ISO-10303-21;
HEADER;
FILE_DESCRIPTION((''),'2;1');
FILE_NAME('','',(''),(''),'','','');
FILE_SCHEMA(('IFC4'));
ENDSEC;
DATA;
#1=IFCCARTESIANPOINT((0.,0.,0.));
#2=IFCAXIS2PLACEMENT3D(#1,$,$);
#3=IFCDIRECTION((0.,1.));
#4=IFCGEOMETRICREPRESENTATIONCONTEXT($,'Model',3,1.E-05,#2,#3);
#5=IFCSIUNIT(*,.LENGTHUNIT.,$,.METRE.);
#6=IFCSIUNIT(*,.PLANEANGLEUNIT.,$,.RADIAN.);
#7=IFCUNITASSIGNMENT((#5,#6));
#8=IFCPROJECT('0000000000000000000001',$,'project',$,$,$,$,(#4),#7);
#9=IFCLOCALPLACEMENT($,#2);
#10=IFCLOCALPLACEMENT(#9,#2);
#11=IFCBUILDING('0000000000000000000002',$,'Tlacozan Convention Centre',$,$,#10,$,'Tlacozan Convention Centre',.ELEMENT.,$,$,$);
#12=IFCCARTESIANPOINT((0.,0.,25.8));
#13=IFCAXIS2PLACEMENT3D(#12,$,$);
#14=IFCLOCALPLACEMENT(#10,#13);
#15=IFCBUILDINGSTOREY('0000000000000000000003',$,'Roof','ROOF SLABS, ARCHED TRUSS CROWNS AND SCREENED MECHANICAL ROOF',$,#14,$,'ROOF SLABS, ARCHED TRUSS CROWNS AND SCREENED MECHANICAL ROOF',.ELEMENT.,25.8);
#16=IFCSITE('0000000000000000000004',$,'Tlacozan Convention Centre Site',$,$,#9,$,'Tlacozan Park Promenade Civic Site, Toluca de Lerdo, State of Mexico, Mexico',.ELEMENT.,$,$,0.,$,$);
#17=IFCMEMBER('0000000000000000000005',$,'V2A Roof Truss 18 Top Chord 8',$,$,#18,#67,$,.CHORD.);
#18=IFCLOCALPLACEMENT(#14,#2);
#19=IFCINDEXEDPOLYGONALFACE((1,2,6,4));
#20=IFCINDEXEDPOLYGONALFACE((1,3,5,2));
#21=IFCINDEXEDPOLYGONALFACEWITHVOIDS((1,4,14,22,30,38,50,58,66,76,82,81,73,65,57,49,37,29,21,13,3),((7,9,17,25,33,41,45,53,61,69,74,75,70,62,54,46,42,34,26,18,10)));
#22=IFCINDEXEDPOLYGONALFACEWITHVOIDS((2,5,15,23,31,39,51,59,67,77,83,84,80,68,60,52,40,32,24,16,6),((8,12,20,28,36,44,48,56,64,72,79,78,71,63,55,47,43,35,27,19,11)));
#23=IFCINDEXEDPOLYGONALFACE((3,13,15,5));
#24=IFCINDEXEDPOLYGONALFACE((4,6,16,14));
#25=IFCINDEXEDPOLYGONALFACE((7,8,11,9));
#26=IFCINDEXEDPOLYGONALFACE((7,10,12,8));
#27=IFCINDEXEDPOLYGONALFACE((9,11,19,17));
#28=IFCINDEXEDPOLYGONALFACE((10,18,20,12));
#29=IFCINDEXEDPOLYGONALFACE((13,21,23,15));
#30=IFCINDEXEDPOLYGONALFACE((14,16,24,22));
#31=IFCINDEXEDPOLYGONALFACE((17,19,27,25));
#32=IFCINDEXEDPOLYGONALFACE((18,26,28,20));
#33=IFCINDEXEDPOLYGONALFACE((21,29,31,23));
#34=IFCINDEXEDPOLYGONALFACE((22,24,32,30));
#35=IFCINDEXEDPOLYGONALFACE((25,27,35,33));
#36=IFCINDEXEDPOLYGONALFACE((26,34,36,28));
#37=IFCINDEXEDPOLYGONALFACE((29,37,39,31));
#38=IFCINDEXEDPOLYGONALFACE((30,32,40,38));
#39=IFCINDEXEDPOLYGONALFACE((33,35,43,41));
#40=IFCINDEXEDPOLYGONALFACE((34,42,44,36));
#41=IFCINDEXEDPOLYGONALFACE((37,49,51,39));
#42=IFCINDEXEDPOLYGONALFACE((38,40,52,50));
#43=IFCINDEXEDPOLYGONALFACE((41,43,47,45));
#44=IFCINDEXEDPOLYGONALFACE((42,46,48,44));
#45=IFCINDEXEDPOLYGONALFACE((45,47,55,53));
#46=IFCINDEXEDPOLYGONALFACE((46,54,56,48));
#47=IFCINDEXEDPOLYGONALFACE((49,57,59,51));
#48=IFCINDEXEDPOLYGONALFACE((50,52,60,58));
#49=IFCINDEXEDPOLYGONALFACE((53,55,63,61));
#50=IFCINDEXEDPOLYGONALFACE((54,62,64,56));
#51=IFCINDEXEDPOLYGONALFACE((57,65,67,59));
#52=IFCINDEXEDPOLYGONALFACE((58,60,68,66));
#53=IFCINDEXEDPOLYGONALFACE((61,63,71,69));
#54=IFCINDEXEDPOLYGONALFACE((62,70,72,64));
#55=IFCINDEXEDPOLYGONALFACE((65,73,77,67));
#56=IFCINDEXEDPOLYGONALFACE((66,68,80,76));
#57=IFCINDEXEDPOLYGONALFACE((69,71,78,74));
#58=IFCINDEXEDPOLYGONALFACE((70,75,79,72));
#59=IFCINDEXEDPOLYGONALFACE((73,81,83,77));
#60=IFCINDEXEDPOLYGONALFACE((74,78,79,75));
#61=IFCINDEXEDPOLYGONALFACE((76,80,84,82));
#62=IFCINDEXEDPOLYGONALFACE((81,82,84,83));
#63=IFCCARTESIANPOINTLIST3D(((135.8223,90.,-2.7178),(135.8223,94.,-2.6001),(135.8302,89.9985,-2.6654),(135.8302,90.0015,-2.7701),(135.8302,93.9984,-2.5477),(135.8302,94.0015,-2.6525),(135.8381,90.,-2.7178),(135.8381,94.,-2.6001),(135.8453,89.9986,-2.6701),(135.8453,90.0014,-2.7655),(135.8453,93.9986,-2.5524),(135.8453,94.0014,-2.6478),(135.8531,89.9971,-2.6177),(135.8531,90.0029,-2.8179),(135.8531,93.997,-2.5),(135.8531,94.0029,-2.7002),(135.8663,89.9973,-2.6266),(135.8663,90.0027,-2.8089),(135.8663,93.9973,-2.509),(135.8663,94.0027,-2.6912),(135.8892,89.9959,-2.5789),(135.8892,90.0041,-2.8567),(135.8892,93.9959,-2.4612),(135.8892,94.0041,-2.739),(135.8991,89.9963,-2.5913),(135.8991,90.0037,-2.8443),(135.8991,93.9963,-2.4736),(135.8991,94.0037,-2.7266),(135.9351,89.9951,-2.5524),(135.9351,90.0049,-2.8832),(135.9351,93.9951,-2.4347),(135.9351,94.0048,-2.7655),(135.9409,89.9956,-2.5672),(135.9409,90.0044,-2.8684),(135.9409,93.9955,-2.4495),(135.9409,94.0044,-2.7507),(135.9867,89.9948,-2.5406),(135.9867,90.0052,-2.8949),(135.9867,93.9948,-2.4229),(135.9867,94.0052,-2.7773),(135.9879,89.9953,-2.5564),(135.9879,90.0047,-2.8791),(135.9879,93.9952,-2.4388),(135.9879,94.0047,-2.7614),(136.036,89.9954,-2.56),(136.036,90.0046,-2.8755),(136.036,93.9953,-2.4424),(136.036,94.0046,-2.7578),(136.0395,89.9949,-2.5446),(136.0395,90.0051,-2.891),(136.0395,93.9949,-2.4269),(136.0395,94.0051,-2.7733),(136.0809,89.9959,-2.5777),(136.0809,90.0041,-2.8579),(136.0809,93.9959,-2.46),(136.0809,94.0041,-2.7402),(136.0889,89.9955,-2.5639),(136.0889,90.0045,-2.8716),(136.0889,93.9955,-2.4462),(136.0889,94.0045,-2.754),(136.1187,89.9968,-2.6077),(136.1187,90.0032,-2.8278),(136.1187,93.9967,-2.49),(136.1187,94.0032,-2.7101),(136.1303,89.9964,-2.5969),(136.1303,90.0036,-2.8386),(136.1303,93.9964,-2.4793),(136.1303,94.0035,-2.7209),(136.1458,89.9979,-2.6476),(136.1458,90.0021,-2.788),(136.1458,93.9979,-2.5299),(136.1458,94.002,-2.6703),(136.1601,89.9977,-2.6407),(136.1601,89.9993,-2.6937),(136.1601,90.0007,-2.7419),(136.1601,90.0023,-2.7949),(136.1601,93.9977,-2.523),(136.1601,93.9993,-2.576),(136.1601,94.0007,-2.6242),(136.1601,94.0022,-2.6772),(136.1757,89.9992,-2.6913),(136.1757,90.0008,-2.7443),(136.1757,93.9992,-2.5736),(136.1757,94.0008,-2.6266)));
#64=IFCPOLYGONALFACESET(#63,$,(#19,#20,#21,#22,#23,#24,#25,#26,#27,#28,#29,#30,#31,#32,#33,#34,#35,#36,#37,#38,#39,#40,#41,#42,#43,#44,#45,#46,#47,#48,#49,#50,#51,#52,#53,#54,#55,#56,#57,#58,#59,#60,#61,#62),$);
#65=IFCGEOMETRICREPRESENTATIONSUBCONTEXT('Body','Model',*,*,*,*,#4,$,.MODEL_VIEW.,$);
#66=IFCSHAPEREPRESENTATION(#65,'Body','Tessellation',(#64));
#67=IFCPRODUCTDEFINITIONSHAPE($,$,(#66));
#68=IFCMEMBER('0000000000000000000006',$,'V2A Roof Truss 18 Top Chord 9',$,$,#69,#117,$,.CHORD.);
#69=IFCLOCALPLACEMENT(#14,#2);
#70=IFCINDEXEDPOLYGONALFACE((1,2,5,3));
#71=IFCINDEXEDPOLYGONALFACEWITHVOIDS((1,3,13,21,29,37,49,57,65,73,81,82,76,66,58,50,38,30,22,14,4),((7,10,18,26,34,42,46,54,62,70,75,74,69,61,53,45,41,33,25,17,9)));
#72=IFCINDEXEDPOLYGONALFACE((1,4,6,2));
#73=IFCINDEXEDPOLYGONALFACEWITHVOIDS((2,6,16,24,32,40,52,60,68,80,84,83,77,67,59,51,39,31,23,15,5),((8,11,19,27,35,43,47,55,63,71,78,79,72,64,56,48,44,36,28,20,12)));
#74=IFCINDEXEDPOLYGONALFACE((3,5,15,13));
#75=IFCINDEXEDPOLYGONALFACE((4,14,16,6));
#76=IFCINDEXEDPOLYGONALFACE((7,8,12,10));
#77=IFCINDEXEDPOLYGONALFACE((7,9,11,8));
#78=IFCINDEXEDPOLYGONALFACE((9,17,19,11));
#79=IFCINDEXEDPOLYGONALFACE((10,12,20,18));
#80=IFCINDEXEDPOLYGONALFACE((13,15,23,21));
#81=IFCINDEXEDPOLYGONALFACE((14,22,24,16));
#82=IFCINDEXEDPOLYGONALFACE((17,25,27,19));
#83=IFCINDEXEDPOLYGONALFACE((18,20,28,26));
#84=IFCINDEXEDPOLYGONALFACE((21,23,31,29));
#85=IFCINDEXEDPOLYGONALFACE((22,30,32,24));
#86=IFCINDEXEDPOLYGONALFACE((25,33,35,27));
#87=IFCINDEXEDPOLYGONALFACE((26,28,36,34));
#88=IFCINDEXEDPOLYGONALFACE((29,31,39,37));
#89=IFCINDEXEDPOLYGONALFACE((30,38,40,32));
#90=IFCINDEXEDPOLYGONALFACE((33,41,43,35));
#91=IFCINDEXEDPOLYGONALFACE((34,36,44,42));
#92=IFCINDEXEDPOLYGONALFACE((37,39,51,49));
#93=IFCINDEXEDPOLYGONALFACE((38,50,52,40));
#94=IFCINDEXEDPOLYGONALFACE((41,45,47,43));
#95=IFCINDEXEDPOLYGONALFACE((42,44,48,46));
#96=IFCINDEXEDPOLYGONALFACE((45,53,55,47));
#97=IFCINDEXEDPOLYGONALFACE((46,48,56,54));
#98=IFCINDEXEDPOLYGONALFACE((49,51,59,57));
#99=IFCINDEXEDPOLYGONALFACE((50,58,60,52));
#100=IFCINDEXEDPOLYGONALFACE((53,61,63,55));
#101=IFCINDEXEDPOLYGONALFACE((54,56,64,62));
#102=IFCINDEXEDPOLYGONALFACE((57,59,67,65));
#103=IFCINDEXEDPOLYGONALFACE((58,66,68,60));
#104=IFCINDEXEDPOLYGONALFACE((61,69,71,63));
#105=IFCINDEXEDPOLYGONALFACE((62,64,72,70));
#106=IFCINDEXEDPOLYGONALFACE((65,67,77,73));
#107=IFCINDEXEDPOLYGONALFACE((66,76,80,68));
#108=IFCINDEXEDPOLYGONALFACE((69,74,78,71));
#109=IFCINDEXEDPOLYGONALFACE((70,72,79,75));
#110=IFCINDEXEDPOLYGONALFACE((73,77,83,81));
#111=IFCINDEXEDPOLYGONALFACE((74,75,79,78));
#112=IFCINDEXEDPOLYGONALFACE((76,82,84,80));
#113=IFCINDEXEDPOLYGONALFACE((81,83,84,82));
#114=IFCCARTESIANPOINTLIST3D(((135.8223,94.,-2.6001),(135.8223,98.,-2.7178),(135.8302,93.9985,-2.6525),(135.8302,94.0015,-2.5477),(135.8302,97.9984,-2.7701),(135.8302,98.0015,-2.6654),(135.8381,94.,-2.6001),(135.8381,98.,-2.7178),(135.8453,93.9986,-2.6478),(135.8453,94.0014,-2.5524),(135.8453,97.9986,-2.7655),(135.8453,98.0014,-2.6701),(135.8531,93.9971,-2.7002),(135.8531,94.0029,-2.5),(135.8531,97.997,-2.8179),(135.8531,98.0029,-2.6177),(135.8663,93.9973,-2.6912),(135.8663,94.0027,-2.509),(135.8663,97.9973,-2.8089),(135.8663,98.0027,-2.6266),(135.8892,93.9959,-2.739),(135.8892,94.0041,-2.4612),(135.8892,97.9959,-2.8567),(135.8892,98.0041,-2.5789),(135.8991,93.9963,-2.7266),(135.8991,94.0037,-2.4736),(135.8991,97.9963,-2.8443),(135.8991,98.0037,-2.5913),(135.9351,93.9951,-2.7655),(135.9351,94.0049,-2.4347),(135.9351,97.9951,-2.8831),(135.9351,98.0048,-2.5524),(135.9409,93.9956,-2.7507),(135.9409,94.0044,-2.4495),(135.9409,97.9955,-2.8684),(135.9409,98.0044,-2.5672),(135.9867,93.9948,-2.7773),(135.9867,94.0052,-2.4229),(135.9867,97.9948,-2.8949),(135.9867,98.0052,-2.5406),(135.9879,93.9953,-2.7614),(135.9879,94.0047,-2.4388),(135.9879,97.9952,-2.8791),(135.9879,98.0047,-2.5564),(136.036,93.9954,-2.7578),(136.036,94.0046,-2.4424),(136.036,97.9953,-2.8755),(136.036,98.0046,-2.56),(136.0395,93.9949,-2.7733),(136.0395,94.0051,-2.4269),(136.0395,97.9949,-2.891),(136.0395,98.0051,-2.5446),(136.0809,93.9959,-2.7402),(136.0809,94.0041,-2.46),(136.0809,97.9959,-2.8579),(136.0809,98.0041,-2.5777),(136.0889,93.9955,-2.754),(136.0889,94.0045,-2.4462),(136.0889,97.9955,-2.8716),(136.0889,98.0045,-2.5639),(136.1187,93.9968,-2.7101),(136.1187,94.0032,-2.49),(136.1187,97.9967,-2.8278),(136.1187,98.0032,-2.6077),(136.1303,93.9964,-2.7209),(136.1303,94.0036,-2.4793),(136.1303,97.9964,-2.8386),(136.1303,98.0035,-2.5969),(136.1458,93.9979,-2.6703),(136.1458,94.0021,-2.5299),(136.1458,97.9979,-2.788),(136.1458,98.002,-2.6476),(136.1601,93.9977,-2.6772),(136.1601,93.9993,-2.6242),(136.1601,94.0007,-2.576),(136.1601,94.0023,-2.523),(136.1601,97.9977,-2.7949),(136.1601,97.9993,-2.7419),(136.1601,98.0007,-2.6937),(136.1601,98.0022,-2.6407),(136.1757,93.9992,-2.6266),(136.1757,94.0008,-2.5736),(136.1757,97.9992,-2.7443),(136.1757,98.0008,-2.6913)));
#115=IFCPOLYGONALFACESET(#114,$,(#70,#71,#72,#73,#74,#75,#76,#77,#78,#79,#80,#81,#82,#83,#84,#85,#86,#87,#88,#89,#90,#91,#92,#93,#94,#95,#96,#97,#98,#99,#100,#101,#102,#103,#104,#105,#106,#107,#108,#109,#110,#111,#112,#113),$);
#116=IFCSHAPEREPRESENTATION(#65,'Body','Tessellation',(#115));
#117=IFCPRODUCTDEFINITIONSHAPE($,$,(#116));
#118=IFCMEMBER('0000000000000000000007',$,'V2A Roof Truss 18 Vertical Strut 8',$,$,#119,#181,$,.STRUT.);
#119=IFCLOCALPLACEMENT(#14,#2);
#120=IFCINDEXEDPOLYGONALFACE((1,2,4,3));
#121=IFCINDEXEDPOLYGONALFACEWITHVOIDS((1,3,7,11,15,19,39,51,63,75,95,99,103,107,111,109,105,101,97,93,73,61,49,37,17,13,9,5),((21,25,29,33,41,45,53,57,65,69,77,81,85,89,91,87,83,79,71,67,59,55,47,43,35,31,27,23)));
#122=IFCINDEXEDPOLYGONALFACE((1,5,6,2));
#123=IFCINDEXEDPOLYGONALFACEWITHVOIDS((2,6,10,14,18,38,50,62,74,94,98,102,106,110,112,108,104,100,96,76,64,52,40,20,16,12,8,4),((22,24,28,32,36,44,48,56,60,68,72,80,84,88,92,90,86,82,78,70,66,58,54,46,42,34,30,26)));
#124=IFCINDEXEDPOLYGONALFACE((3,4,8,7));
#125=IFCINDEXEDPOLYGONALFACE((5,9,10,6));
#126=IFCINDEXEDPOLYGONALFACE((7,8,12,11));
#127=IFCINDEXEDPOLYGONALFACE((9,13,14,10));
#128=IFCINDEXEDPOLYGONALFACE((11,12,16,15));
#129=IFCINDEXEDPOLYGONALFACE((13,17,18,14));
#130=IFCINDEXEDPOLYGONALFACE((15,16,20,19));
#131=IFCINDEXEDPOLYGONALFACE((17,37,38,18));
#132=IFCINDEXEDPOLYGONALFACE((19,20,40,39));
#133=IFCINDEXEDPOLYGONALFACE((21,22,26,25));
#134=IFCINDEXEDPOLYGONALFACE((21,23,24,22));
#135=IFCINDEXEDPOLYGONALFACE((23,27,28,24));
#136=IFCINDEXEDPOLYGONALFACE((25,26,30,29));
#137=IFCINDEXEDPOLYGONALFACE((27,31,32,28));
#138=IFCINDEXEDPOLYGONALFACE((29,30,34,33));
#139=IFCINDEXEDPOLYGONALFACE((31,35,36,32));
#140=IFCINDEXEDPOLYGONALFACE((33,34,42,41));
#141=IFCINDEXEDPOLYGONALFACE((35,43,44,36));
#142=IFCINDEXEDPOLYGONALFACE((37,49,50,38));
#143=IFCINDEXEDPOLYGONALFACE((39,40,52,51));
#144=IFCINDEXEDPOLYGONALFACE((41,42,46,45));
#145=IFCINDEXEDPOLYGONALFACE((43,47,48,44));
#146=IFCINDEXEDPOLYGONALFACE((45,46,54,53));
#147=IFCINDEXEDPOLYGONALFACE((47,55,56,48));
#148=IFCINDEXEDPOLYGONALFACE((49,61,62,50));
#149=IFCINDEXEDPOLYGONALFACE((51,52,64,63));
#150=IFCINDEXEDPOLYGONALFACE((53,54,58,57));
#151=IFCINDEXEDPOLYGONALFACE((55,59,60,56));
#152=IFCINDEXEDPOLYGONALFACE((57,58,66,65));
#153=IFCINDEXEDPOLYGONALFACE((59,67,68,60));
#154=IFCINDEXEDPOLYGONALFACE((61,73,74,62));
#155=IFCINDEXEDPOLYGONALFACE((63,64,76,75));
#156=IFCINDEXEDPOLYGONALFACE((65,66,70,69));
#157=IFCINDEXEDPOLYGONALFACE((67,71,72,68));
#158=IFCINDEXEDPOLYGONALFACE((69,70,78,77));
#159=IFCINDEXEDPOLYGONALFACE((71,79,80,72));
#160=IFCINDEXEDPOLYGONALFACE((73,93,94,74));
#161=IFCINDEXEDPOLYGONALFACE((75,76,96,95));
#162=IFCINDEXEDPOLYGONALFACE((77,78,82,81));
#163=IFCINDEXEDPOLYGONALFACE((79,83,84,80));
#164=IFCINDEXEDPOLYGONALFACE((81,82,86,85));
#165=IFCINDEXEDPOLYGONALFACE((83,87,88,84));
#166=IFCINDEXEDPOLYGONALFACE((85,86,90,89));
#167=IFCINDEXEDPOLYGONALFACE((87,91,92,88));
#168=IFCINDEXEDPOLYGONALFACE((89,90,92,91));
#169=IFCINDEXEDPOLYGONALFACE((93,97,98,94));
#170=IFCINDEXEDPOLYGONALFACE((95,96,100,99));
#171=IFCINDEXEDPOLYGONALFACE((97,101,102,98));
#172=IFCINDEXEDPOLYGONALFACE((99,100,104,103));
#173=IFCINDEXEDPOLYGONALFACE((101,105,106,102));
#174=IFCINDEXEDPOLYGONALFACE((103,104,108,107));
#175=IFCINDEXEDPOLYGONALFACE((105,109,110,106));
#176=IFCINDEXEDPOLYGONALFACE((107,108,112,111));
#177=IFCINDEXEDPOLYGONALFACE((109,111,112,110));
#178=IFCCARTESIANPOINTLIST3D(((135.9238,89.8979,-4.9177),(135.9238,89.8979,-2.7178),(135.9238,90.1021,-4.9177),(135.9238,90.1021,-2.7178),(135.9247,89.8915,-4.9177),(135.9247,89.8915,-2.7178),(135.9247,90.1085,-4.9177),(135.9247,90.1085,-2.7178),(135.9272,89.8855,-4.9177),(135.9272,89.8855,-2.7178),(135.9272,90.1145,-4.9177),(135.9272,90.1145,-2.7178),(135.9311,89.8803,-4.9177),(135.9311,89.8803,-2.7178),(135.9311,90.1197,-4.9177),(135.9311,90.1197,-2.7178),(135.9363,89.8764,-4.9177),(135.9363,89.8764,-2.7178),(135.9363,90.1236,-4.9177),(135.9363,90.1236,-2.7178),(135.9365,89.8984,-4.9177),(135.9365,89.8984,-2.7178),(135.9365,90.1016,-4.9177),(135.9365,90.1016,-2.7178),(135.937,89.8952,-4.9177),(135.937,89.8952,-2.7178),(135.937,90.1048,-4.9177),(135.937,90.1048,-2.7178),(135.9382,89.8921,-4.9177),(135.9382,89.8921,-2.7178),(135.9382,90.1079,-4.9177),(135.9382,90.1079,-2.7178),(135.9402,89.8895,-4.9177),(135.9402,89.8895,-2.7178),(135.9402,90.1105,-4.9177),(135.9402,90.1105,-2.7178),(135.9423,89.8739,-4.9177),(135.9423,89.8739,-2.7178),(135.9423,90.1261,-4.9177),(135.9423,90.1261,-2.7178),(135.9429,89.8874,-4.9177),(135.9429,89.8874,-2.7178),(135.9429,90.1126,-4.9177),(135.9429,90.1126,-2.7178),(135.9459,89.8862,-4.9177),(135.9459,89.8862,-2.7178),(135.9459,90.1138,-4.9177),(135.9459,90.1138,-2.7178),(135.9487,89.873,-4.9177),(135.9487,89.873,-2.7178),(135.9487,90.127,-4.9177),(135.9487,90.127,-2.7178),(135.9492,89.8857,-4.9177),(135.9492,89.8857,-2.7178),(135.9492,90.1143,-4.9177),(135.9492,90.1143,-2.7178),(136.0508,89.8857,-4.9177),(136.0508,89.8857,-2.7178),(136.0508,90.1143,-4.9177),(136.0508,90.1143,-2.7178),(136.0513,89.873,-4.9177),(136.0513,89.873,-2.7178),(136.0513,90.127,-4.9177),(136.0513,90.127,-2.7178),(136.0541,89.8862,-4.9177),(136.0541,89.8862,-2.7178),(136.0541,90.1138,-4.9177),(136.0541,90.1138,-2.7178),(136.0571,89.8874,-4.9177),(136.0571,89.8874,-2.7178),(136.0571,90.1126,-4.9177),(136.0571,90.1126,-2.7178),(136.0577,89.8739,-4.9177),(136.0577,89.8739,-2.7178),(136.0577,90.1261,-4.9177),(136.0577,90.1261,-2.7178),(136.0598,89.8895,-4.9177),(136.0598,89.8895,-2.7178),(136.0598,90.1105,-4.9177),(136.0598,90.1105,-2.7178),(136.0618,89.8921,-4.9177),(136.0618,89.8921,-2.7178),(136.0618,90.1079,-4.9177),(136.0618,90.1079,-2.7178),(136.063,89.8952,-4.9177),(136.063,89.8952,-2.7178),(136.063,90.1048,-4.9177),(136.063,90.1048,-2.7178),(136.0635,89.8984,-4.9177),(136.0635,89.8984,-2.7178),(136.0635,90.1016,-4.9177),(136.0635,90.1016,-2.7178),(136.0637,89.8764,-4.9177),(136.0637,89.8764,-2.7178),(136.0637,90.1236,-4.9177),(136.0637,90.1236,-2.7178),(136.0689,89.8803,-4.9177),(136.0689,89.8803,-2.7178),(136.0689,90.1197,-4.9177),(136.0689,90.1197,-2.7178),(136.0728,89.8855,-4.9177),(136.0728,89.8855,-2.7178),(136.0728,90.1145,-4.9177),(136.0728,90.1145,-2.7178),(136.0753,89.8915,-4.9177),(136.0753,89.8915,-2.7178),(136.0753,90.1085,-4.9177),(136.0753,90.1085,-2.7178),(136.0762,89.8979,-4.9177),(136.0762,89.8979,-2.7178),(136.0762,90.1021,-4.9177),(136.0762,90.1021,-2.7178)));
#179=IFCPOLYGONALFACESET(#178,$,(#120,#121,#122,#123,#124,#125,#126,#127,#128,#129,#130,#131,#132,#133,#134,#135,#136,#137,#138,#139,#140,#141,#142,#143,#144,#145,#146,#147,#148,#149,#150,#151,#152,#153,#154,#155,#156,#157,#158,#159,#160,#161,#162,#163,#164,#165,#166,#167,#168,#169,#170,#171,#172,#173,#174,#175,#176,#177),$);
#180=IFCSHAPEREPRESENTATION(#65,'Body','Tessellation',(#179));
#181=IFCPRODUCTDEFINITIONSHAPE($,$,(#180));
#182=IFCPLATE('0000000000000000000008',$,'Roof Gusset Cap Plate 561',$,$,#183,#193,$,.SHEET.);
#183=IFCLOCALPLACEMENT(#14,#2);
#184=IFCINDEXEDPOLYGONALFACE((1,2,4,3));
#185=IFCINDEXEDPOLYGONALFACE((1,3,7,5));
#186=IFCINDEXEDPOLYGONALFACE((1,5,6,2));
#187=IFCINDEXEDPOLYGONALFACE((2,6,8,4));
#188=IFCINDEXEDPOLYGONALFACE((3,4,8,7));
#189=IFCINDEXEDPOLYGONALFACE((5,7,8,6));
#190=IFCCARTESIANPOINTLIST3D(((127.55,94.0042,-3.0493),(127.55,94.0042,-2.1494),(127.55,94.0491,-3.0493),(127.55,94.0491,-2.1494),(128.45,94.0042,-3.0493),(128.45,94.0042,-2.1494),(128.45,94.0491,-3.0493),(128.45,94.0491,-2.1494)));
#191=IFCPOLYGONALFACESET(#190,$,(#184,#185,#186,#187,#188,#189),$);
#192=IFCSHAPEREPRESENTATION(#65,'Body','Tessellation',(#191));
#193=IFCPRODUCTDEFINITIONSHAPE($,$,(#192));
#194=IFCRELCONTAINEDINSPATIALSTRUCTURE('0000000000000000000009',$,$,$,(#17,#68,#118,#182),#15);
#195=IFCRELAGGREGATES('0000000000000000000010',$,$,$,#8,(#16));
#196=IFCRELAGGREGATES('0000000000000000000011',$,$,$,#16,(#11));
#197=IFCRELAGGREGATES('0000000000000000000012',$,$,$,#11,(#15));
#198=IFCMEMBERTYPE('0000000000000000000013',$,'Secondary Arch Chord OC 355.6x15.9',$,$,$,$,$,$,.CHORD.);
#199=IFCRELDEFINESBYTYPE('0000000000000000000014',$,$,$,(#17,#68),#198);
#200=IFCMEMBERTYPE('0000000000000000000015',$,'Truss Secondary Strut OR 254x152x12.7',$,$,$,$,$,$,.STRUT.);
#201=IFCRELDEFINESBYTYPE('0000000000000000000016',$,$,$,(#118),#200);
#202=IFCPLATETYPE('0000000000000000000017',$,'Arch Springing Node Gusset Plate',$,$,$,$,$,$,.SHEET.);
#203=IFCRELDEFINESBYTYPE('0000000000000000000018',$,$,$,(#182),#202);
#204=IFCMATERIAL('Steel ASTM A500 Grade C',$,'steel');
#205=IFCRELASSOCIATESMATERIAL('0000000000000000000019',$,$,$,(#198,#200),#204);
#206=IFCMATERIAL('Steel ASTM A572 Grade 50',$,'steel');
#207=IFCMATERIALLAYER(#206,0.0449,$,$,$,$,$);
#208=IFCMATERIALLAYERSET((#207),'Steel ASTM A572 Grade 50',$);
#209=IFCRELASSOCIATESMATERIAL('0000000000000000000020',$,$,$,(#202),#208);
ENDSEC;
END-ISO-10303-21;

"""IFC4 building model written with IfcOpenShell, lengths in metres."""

from ifc_helpers import new_model, si_unit, direction, frame, origin, origin_2d, place, context, subcontext, project, spatial, rectangle, hollow_rectangle, hollow_circle, extrude, material, layer, layer_set, material_profile, profile_set, type_object, element, save


model = new_model("IFC4")

# Units and contexts
model_context = context("Model", 3, precision=1e-05, world=origin(), true_north=direction((0.0, 1.0)))
body_context = subcontext(model_context, "Body", "Model", "MODEL_VIEW")
ifc_project = project(units=[si_unit("LENGTHUNIT", "METRE"), si_unit("PLANEANGLEUNIT", "RADIAN")], contexts=[model_context])

# Site, building, storey
site_placement = place(None, origin())
site = spatial("IfcSite", under=ifc_project, at=site_placement, Name="Tlacozan Convention Centre Site", LongName="Tlacozan Park Promenade Civic Site, Toluca de Lerdo, State of Mexico, Mexico", CompositionType="ELEMENT", RefElevation=0.0)
building_placement = place(site_placement, origin())
building = spatial("IfcBuilding", under=site, at=building_placement, Name="Tlacozan Convention Centre", LongName="Tlacozan Convention Centre", CompositionType="ELEMENT")
storey_placement = place(building_placement, frame((0.0, 0.0, 25.8)))
storey = spatial("IfcBuildingStorey", under=building, at=storey_placement, Name="Roof", Description="ROOF SLABS, ARCHED TRUSS CROWNS AND SCREENED MECHANICAL ROOF", LongName="ROOF SLABS, ARCHED TRUSS CROWNS AND SCREENED MECHANICAL ROOF", CompositionType="ELEMENT", Elevation=25.8)

# Members
ifc_material_1 = material(Name="Steel ASTM A500 Grade C", Category="steel")
ifc_material_profile_1 = material_profile(ifc_material_1, hollow_circle(Radius=0.1777, WallThickness=0.0159, at=origin_2d()), Name="OC 355.6x15.9")
ifc_profile_set_1 = profile_set([ifc_material_profile_1], Name="Steel ASTM A500 Grade C")
member_type_1 = type_object("IfcMemberType", Name="Secondary Arch Chord OC 355.6x15.9", PredefinedType="CHORD", material=ifc_profile_set_1)
for number, where, z_axis, x_axis, name in (
    (1, (136.0, 90.0, -2.7178), (0.0, 0.999568, 0.029406), (-1.0, 0.0, 0.0), "V2A Roof Truss 18 Top Chord 8"),
    (2, (136.0, 94.0, -2.6001), (0.0, 0.999568, -0.029406), (-1.0, 0.0, 0.0), "V2A Roof Truss 18 Top Chord 9"),
):
    element("IfcMember", number, at=place(storey_placement, frame(where, z_axis=z_axis, x_axis=x_axis)), inside=storey, type_object=member_type_1, Name=name, PredefinedType="CHORD", context=body_context, shape_type="SweptSolid", body=[
        extrude(hollow_circle(Radius=0.1777, WallThickness=0.0159, at=origin_2d()), origin(), (0.0, 0.0, 1.0), 4.0017),
    ])
ifc_material_profile_2 = material_profile(ifc_material_1, hollow_rectangle(XDim=0.1523, YDim=0.2539, WallThickness=0.0127, InnerFilletRadius=0.0127, OuterFilletRadius=0.0249, at=origin_2d()), Name="OR 254x152x12.7")
ifc_profile_set_2 = profile_set([ifc_material_profile_2], Name="Steel ASTM A500 Grade C")
member_type_2 = type_object("IfcMemberType", Name="Truss Secondary Strut OR 254x152x12.7", PredefinedType="STRUT", material=ifc_profile_set_2)
member_1_placement = place(storey_placement, frame((136.0, 90.0, -4.9177), z_axis=(0.0, 0.0, 1.0), x_axis=(1.0, 0.0, 0.0)))
element("IfcMember", 3, at=member_1_placement, inside=storey, type_object=member_type_2, Name="V2A Roof Truss 18 Vertical Strut 8", PredefinedType="STRUT", context=body_context, shape_type="SweptSolid", body=[
    extrude(hollow_rectangle(XDim=0.1523, YDim=0.2539, WallThickness=0.0127, InnerFilletRadius=0.0127, OuterFilletRadius=0.0249, at=origin_2d()), origin(), (0.0, 0.0, 1.0), 2.2),
])

# Plate
ifc_material_2 = material(Name="Steel ASTM A572 Grade 50", Category="steel")
ifc_layer = layer(ifc_material_2, 0.0449)
ifc_layer_set = layer_set([ifc_layer], Name="Steel ASTM A572 Grade 50")
plate_type = type_object("IfcPlateType", Name="Arch Springing Node Gusset Plate", PredefinedType="SHEET", material=ifc_layer_set)
for number, where, z_axis, x_axis, name in (
    (4, (128.0, 94.0266, -3.0493), (0.0, 0.0, 1.0), (0.0, 1.0, 0.0), "Roof Gusset Cap Plate 561"),
):
    element("IfcPlate", number, at=place(storey_placement, frame(where, z_axis=z_axis, x_axis=x_axis)), inside=storey, type_object=plate_type, Name=name, PredefinedType="SHEET", context=body_context, shape_type="SweptSolid", body=[
        extrude(rectangle(XDim=0.0449, YDim=0.8999, at=origin_2d()), origin(), (0.0, 0.0, 1.0), 0.8999),
    ])

save(model, "model.ifc")
